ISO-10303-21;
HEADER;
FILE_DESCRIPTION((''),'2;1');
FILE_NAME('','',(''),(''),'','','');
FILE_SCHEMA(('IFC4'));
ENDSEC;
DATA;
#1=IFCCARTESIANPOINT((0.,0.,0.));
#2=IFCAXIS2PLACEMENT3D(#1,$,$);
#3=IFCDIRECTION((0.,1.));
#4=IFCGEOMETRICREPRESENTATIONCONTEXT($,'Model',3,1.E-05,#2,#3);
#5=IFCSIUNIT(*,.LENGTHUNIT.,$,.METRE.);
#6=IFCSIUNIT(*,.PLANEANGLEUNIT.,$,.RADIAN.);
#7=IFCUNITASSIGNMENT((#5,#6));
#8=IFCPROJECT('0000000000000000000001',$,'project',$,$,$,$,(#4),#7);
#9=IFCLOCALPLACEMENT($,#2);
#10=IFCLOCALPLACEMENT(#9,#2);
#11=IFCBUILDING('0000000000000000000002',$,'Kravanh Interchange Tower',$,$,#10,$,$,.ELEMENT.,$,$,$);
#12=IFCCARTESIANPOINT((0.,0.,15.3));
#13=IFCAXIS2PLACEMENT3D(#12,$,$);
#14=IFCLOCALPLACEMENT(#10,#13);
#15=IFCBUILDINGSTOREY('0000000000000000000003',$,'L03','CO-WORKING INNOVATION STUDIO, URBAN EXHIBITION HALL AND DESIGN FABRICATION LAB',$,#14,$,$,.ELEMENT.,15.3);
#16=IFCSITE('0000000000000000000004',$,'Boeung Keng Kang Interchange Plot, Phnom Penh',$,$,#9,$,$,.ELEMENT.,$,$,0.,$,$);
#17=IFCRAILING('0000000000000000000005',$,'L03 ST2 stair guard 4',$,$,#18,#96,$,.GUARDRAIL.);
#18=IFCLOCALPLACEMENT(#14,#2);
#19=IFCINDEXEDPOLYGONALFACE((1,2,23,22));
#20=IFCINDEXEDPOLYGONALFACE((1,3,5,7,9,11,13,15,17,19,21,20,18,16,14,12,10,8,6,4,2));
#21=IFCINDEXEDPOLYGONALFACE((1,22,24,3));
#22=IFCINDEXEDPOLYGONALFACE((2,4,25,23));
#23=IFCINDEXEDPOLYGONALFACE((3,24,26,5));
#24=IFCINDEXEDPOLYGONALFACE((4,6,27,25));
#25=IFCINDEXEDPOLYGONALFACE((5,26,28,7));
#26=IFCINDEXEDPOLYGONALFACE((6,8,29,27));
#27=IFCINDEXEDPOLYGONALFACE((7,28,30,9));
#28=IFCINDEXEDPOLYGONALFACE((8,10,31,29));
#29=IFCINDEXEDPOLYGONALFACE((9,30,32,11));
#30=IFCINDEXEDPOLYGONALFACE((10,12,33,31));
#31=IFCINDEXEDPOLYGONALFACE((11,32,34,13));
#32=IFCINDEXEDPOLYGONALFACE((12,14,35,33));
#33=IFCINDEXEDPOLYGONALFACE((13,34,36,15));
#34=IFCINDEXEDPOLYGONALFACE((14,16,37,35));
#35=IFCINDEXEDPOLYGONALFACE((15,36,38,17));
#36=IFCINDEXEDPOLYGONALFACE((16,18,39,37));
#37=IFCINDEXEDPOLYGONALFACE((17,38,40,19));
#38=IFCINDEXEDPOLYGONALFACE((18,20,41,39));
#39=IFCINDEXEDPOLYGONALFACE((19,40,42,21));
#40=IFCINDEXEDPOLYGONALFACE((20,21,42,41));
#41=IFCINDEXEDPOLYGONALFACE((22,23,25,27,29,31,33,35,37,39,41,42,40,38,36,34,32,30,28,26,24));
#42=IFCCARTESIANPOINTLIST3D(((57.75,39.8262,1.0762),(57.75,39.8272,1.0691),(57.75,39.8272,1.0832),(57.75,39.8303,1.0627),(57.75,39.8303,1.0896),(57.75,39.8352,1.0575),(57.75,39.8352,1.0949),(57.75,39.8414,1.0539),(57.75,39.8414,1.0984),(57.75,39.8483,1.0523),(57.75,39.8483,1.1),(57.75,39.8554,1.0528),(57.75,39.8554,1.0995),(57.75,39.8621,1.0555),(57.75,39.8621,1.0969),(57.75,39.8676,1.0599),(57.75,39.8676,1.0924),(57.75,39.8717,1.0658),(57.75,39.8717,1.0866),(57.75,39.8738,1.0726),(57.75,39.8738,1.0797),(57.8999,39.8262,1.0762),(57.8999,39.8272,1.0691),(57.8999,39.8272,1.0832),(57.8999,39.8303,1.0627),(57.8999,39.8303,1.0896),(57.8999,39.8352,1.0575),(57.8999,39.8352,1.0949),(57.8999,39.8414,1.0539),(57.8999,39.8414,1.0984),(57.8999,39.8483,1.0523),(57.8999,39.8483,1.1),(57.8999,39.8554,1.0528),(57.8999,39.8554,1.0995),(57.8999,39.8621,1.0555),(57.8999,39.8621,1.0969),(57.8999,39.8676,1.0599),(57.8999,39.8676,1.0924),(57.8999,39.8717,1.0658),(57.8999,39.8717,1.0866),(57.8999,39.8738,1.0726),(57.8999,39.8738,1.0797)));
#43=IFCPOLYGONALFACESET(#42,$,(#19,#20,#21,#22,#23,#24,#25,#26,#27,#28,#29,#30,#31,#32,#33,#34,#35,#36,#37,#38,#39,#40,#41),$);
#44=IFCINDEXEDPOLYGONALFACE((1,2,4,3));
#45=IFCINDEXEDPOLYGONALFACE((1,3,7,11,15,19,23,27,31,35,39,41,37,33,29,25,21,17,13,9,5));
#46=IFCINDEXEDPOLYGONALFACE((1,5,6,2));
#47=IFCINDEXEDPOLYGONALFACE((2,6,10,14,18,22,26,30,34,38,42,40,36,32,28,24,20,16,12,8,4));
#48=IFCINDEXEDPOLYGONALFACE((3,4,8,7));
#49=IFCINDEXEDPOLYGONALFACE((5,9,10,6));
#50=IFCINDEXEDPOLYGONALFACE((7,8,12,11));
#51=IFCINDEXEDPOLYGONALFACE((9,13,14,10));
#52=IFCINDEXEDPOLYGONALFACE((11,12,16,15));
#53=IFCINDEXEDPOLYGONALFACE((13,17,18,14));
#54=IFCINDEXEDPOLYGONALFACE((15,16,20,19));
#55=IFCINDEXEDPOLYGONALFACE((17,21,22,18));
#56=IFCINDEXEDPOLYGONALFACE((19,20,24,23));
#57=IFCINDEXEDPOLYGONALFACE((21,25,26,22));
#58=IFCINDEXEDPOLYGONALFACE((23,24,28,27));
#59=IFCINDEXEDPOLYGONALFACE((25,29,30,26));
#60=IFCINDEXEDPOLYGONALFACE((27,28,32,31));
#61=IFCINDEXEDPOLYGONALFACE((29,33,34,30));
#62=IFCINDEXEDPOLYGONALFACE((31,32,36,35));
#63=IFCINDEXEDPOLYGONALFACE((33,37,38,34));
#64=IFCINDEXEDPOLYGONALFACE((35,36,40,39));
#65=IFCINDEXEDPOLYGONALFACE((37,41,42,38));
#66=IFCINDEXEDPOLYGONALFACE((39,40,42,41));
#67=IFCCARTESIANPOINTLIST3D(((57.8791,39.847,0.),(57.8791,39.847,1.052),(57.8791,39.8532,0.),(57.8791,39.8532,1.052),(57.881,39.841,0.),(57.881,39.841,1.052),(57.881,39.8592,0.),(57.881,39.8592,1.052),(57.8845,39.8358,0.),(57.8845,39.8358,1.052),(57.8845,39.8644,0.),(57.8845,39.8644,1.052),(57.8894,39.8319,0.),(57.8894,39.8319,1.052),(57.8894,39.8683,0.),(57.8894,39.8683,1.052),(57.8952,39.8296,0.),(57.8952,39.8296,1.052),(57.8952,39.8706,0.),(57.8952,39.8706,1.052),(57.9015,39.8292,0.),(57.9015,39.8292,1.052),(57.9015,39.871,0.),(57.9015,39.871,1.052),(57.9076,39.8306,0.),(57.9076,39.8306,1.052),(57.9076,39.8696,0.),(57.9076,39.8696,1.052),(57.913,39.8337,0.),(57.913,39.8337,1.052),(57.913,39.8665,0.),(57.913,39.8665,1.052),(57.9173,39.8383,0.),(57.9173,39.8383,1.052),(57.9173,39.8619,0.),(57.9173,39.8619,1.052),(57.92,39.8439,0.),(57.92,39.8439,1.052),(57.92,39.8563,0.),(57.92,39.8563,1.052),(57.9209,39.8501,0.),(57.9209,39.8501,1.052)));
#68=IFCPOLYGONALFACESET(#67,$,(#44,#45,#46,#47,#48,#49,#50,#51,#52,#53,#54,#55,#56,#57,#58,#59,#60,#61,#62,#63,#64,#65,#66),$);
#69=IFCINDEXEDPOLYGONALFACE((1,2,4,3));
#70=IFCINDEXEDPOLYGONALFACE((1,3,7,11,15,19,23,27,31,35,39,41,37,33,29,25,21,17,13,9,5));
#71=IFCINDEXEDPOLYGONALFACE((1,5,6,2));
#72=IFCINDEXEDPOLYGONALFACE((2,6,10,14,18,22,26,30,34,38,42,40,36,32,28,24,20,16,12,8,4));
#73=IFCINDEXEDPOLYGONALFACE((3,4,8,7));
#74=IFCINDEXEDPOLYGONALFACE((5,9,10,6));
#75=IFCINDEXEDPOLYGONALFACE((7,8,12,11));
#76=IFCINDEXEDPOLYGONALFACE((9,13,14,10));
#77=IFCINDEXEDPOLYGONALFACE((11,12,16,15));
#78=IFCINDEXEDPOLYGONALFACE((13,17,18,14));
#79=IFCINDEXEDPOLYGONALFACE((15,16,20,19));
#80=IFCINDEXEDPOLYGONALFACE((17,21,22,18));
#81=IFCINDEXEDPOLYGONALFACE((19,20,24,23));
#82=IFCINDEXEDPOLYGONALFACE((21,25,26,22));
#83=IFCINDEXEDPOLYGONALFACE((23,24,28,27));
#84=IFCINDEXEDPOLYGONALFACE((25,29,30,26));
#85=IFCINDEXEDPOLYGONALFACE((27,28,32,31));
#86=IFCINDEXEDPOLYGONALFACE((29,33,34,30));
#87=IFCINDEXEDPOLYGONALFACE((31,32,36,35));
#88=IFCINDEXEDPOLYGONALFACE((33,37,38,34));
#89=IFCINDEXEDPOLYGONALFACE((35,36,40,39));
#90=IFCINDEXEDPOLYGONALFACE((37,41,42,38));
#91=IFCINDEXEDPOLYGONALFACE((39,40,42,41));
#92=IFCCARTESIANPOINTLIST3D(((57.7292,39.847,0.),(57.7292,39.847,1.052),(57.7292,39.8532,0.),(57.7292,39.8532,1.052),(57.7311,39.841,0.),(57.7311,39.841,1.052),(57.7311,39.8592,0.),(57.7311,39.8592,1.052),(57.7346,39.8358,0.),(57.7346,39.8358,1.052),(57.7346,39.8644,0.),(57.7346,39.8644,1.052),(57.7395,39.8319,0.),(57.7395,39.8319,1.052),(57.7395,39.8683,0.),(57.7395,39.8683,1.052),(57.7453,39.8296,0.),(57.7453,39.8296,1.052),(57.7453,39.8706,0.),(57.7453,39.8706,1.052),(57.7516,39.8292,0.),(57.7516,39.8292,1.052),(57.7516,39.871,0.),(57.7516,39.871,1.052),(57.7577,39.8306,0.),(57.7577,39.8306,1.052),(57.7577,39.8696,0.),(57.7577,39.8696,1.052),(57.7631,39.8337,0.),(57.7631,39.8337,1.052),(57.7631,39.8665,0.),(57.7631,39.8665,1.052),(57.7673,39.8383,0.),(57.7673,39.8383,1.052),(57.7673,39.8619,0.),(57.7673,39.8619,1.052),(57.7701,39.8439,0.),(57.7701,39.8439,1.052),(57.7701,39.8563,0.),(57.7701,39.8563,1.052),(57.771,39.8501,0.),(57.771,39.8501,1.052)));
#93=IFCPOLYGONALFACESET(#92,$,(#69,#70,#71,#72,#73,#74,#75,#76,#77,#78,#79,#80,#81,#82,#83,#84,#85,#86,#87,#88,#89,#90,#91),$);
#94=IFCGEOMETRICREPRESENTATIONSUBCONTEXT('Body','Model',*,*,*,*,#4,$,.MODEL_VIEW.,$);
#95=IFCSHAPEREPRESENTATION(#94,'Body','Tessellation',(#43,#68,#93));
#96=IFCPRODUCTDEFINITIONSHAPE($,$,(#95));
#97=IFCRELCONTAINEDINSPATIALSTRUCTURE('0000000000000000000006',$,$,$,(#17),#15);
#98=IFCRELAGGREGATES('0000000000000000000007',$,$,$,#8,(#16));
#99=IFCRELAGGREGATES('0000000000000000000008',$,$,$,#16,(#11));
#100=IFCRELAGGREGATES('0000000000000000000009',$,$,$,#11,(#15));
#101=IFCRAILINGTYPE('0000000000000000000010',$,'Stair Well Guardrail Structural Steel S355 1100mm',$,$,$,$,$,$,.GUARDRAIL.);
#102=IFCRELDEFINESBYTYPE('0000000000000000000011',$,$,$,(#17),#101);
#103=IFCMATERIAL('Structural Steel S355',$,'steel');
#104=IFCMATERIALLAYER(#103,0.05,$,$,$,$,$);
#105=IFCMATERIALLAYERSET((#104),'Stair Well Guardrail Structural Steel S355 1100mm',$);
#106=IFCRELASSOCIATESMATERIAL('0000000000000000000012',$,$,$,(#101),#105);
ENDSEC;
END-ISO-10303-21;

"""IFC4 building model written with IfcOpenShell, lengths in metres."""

from ifc_helpers import new_model, si_unit, direction, frame, origin, origin_2d, place, context, subcontext, project, spatial, circle, extrude, material, layer, layer_set, type_object, element, save


model = new_model("IFC4")

# Units and contexts
model_context = context("Model", 3, precision=1e-05, world=origin(), true_north=direction((0.0, 1.0)))
body_context = subcontext(model_context, "Body", "Model", "MODEL_VIEW")
ifc_project = project(units=[si_unit("LENGTHUNIT", "METRE"), si_unit("PLANEANGLEUNIT", "RADIAN")], contexts=[model_context])

# Site, building, storey
site_placement = place(None, origin())
site = spatial("IfcSite", under=ifc_project, at=site_placement, Name="Boeung Keng Kang Interchange Plot, Phnom Penh", CompositionType="ELEMENT", RefElevation=0.0)
building_placement = place(site_placement, origin())
building = spatial("IfcBuilding", under=site, at=building_placement, Name="Kravanh Interchange Tower", CompositionType="ELEMENT")
storey_placement = place(building_placement, frame((0.0, 0.0, 15.3)))
storey = spatial("IfcBuildingStorey", under=building, at=storey_placement, Name="L03", Description="CO-WORKING INNOVATION STUDIO, URBAN EXHIBITION HALL AND DESIGN FABRICATION LAB", CompositionType="ELEMENT", Elevation=15.3)

# Railing
ifc_material_1 = material(Name="Structural Steel S355", Category="steel")
ifc_layer_1 = layer(ifc_material_1, 0.05)
ifc_layer_set_1 = layer_set([ifc_layer_1], Name="Stair Well Guardrail Structural Steel S355 1100mm")
railing_type_1 = type_object("IfcRailingType", Name="Stair Well Guardrail Structural Steel S355 1100mm", PredefinedType="GUARDRAIL", material=ifc_layer_set_1)
railing_1_placement = place(storey_placement, frame((57.8999, 39.8501, 0.0)))
element("IfcRailing", 1, at=railing_1_placement, inside=storey, type_object=railing_type_1, Name="L03 ST2 stair guard 4", PredefinedType="GUARDRAIL", context=body_context, shape_type="SweptSolid", body=[
    extrude(circle(Radius=0.0239, at=origin_2d()), frame((0.0, 0.0, 1.0762), z_axis=(-1.0, 0.0, 0.0), x_axis=(0.0, -1.0, 0.0)), (0.0, 0.0, 1.0), 0.1499),
    extrude(circle(Radius=0.021, at=origin_2d()), origin(), (0.0, 0.0, 1.0), 1.052),
    extrude(circle(Radius=0.021, at=origin_2d()), frame((-0.1499, 0.0, 0.0)), (0.0, 0.0, 1.0), 1.052),
])

save(model, "model.ifc")
